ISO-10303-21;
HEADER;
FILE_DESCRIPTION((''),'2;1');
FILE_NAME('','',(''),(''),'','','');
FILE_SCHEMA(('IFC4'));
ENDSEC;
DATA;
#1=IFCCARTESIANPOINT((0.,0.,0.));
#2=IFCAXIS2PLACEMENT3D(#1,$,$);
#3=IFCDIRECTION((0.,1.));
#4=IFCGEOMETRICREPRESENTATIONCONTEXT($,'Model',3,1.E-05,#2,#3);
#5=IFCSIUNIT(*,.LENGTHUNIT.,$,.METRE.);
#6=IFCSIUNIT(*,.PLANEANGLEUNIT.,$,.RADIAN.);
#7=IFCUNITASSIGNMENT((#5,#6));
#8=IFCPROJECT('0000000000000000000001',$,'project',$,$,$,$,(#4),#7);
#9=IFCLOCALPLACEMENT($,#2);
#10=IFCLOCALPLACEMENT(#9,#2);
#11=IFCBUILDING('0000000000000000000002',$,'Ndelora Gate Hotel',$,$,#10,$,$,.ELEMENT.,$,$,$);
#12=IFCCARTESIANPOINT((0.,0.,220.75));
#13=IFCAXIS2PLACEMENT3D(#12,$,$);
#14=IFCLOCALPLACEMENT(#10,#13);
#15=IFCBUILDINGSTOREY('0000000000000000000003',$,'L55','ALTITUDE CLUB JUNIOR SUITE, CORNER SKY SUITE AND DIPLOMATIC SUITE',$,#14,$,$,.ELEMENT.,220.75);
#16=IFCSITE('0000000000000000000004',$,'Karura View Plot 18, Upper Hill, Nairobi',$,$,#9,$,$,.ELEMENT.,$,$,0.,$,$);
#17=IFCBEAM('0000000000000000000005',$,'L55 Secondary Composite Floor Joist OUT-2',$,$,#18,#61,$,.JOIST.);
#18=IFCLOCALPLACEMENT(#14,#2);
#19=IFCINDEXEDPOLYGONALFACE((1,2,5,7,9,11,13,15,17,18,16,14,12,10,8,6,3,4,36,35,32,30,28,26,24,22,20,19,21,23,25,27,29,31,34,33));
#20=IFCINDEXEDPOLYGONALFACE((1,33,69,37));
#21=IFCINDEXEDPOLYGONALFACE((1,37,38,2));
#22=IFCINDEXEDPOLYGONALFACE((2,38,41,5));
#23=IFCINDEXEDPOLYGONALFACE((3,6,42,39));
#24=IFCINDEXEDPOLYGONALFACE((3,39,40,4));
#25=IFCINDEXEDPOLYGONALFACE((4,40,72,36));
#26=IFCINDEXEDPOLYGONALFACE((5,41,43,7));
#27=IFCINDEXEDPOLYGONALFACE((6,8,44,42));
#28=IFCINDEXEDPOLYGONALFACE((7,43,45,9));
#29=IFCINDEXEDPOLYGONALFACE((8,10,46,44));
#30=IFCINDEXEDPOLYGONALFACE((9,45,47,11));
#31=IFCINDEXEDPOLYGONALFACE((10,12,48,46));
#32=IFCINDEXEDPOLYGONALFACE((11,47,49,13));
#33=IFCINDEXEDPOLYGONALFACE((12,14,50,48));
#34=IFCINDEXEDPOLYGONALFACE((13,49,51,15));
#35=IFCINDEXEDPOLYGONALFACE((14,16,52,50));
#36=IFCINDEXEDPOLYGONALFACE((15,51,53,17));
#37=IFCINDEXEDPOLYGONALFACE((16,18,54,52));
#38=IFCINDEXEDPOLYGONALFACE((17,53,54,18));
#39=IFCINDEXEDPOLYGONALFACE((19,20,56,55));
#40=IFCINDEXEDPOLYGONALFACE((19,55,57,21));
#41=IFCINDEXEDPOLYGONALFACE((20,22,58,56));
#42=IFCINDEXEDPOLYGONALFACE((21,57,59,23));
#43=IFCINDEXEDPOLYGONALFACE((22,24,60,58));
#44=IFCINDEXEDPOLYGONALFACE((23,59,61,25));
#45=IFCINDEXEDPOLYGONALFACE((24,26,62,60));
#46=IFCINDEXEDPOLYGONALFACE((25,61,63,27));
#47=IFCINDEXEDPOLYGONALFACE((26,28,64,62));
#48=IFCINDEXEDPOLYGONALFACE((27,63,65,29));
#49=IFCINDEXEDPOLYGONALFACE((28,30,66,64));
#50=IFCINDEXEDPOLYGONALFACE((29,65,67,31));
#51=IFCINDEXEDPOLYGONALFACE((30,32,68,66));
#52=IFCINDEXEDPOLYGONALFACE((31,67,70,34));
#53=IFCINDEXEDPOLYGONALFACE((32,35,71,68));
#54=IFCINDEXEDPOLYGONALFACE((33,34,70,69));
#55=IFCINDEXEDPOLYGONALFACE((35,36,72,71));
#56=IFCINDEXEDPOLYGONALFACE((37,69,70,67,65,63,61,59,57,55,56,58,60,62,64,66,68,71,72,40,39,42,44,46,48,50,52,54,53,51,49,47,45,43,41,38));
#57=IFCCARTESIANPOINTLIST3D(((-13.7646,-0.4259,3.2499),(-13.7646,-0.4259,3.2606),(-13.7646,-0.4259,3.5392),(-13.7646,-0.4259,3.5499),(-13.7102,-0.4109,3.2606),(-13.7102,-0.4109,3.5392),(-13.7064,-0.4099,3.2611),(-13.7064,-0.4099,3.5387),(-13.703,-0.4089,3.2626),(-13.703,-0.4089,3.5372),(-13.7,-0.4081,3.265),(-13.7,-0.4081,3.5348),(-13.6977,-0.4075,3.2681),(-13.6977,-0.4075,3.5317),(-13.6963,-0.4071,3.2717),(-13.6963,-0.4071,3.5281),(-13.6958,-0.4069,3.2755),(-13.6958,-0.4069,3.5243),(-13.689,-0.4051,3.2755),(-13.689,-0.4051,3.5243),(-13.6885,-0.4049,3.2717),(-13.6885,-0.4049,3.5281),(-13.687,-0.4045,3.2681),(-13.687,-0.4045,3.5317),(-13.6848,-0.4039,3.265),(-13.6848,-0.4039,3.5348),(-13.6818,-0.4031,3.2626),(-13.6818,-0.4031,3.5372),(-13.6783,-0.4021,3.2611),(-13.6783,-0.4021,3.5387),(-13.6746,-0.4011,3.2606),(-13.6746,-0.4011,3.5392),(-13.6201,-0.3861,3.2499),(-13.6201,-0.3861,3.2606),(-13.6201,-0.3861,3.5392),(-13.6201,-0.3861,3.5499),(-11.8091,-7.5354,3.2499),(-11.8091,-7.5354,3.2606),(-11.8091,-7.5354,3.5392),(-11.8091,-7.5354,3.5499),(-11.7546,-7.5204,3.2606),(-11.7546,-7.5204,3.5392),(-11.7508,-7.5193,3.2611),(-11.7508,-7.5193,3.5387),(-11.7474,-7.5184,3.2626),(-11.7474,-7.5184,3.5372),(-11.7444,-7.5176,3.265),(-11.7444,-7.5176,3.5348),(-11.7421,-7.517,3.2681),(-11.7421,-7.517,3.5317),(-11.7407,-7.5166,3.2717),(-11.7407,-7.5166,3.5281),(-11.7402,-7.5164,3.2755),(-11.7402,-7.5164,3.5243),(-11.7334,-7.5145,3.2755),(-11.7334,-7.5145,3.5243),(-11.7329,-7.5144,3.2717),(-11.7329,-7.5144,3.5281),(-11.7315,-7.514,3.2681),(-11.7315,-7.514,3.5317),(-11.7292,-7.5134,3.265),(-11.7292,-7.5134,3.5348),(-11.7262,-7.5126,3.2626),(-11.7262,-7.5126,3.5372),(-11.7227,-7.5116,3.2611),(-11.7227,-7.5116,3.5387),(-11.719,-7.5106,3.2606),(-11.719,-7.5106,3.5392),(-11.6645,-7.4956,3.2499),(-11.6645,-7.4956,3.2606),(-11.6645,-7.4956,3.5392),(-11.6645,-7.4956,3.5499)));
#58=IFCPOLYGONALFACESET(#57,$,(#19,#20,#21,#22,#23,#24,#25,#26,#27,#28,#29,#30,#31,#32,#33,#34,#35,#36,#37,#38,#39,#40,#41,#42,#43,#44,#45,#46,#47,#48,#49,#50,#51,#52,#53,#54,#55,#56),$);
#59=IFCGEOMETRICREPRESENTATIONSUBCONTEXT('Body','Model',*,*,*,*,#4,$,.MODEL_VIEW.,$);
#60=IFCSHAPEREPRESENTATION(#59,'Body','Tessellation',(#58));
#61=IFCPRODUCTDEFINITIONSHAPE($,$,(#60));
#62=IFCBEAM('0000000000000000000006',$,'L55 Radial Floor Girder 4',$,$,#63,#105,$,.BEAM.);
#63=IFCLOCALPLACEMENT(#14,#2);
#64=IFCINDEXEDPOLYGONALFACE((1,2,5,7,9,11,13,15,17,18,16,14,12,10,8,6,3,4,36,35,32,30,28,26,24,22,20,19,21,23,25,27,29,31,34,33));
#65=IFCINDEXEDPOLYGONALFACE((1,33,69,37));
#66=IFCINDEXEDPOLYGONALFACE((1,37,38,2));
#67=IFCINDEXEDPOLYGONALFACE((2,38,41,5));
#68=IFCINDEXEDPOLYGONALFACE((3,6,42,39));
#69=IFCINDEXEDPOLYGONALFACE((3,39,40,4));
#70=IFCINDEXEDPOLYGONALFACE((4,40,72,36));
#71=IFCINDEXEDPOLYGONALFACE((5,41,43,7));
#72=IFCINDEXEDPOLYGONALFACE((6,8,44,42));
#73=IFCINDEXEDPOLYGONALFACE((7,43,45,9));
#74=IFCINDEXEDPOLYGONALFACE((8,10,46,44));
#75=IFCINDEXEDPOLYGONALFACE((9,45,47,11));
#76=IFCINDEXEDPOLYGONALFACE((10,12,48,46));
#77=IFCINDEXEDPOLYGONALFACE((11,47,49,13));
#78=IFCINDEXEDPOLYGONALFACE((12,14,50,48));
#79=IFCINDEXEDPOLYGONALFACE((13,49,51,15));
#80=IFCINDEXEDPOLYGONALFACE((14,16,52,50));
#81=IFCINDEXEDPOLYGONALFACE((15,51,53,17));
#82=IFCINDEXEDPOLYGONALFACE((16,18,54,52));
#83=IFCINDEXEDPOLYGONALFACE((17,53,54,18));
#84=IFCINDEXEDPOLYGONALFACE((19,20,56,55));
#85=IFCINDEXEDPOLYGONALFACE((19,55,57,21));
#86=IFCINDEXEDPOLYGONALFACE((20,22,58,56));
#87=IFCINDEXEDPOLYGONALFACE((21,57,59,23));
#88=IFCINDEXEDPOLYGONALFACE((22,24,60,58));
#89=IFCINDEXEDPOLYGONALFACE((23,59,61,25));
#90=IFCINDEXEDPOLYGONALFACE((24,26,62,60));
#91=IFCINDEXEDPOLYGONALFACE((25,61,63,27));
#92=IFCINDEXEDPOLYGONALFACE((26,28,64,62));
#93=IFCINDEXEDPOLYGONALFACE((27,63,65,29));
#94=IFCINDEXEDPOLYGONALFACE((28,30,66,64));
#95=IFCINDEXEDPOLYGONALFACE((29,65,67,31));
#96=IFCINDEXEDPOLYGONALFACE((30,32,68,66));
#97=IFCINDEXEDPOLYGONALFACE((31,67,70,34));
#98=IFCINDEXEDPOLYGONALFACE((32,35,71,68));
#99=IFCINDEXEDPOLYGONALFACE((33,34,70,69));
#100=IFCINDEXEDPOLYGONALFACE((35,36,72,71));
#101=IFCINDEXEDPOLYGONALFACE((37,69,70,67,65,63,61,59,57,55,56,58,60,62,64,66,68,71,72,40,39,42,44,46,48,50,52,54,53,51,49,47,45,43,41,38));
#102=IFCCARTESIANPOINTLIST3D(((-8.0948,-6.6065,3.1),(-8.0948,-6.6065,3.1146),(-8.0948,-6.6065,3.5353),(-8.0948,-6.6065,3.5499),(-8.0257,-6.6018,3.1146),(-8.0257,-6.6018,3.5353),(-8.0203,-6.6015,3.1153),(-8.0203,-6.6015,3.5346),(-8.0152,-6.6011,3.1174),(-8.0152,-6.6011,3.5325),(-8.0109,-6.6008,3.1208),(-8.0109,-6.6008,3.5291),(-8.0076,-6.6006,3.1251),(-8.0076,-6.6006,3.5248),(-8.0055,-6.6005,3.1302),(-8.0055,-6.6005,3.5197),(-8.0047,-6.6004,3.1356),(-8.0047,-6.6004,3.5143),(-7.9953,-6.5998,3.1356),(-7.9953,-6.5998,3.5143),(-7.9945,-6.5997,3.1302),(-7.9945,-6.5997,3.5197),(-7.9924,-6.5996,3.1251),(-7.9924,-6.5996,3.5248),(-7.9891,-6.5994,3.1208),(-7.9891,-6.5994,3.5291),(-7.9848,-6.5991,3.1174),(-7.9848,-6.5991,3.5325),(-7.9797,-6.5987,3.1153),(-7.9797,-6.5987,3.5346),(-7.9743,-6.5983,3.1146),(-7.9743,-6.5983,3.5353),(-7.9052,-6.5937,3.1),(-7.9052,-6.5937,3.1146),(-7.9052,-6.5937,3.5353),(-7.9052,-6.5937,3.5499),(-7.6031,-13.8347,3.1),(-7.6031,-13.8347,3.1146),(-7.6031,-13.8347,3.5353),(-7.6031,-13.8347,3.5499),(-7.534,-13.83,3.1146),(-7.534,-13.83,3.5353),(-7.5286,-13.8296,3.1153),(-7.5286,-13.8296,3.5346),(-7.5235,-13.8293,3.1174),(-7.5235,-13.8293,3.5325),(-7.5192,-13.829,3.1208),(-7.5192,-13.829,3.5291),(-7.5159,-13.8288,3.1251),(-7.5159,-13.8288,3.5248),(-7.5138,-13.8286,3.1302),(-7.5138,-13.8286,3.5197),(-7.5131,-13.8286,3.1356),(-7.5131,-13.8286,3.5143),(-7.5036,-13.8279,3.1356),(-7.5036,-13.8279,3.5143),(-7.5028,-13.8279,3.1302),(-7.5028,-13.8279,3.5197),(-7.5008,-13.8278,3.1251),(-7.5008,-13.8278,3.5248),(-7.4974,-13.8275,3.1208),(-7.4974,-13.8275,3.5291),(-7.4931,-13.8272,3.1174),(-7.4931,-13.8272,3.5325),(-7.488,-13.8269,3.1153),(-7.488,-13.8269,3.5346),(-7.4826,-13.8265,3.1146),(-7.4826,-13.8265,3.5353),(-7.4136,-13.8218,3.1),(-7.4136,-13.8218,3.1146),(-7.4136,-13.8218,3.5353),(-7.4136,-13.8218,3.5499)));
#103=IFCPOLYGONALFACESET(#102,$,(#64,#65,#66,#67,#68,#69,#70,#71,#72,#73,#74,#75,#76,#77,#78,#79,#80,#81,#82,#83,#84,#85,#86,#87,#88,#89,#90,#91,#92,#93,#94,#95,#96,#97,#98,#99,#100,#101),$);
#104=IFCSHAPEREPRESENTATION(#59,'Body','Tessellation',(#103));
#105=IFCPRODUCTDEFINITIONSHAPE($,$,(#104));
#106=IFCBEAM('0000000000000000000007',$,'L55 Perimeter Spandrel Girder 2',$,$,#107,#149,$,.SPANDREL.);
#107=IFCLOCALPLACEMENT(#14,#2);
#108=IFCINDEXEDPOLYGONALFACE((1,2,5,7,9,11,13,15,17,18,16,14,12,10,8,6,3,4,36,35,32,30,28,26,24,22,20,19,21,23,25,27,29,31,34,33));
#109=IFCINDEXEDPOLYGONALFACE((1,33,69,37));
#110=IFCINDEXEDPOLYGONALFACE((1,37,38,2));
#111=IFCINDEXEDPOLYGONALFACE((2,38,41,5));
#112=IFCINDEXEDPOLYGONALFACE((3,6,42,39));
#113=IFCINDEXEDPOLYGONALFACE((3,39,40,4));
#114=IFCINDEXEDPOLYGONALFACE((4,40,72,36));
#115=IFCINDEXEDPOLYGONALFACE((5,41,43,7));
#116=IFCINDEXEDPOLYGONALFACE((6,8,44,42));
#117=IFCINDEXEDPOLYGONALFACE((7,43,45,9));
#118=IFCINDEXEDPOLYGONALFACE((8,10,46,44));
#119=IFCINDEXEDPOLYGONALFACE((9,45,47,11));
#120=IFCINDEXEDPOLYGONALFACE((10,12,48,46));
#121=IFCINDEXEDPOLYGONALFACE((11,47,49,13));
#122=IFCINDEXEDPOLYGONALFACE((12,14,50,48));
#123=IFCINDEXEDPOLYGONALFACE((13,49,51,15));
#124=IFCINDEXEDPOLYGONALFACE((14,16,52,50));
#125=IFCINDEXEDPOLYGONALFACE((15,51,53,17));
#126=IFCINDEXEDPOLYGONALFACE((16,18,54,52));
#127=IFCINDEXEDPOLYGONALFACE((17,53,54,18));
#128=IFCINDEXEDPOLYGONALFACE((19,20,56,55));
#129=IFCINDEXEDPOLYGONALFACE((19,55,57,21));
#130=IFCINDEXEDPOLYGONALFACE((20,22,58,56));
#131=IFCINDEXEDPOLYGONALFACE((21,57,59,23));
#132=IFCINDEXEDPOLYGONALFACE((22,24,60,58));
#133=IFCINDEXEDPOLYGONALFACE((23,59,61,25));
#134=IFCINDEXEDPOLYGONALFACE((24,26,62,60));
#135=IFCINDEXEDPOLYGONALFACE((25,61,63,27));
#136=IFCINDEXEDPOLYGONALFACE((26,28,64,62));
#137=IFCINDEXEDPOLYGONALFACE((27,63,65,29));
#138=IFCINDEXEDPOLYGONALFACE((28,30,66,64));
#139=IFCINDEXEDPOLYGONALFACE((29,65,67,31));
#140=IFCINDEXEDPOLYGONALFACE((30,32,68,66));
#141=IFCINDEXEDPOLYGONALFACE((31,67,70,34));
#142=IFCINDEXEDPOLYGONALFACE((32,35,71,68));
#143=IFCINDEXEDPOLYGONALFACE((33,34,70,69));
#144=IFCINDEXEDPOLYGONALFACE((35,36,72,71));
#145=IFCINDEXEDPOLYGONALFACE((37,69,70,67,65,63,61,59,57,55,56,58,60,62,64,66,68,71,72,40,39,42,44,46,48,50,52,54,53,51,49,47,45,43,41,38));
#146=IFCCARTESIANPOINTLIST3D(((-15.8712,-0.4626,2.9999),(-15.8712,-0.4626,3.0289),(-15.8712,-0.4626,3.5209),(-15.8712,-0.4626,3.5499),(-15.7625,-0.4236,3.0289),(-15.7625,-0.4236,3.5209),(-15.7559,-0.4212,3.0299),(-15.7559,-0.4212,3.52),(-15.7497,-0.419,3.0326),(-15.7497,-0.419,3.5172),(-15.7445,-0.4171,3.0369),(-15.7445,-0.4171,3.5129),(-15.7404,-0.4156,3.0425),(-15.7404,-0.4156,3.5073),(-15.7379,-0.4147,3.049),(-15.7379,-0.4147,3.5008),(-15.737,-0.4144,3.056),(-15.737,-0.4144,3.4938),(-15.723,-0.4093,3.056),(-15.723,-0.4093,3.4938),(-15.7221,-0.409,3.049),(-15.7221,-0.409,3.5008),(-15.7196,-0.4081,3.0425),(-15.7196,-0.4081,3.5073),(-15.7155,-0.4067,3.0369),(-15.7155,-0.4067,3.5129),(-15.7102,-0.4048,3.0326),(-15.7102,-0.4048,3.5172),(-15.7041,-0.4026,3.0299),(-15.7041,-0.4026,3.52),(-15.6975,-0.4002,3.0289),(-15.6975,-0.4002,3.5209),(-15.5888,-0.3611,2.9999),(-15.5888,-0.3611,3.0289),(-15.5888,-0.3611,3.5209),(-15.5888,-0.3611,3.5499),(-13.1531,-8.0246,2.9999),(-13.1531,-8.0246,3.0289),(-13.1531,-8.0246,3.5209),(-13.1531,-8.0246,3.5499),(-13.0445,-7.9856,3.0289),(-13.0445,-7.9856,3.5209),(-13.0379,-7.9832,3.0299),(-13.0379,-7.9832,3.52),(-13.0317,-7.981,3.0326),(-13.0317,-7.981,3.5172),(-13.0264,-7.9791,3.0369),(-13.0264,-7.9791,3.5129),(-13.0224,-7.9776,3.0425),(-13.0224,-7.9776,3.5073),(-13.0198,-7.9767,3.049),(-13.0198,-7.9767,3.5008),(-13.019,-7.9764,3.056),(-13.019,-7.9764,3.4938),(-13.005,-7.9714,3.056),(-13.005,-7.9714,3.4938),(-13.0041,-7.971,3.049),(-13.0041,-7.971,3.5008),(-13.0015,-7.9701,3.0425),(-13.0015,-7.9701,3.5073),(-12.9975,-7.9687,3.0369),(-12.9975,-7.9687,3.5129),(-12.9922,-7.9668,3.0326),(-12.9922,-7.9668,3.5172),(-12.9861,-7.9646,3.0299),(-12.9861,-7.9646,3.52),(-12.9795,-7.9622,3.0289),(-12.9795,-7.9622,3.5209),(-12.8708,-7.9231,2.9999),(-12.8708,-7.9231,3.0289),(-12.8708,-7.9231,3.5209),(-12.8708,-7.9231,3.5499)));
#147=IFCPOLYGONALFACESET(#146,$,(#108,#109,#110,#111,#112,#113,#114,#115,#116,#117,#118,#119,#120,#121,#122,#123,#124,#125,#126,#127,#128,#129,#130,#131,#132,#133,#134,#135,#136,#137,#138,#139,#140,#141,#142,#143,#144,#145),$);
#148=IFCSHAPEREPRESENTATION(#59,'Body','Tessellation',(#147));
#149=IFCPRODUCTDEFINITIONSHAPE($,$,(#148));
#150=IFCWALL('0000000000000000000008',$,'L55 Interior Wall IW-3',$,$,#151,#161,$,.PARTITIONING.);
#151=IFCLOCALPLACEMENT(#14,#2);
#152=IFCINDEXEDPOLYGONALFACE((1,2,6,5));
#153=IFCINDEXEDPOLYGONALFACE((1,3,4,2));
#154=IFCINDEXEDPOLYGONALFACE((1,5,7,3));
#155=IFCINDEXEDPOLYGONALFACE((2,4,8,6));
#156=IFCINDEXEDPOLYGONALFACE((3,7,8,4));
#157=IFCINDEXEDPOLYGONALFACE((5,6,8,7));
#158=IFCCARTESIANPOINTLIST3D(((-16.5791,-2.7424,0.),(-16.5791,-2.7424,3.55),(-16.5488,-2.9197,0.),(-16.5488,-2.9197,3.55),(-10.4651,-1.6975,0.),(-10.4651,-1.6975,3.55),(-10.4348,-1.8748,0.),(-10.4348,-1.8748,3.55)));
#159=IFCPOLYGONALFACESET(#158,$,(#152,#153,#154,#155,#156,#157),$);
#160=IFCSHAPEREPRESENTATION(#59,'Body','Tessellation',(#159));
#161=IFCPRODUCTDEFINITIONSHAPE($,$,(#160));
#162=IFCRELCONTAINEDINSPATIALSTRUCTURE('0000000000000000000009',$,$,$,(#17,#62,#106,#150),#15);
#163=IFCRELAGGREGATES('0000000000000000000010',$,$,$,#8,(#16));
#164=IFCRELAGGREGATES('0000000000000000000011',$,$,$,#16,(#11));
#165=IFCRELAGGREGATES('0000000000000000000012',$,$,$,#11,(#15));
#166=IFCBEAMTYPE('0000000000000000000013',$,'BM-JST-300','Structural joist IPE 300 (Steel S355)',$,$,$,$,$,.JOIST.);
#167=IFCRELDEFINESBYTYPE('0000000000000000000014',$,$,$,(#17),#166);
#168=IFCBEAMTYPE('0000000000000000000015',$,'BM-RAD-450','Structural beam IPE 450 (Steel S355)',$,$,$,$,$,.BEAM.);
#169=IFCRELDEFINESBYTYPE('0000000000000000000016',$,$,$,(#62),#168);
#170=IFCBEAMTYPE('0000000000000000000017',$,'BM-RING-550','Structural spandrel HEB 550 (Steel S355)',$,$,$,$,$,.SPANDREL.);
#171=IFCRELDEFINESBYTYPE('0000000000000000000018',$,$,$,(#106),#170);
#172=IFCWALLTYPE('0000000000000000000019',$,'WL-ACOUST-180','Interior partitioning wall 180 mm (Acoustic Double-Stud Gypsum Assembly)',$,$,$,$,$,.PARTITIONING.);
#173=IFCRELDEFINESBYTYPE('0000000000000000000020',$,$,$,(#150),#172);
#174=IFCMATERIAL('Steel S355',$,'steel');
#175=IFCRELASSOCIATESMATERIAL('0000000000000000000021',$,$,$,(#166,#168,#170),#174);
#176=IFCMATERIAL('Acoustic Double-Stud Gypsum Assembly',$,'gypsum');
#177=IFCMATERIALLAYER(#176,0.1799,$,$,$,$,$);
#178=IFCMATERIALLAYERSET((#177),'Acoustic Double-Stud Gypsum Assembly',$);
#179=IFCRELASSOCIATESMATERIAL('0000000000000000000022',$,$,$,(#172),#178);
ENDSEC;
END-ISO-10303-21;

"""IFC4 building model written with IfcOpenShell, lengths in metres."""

from ifc_helpers import new_model, si_unit, direction, frame, frame_2d, origin, origin_2d, place, context, subcontext, project, spatial, rectangle, i_section, extrude, material, layer, layer_set, material_profile, profile_set, type_object, element, save


model = new_model("IFC4")

# Units and contexts
model_context = context("Model", 3, precision=1e-05, world=origin(), true_north=direction((0.0, 1.0)))
body_context = subcontext(model_context, "Body", "Model", "MODEL_VIEW")
ifc_project = project(units=[si_unit("LENGTHUNIT", "METRE"), si_unit("PLANEANGLEUNIT", "RADIAN")], contexts=[model_context])

# Site, building, storey
site_placement = place(None, origin())
site = spatial("IfcSite", under=ifc_project, at=site_placement, Name="Karura View Plot 18, Upper Hill, Nairobi", CompositionType="ELEMENT", RefElevation=0.0)
building_placement = place(site_placement, origin())
building = spatial("IfcBuilding", under=site, at=building_placement, Name="Ndelora Gate Hotel", CompositionType="ELEMENT")
storey_placement = place(building_placement, frame((0.0, 0.0, 220.75)))
storey = spatial("IfcBuildingStorey", under=building, at=storey_placement, Name="L55", Description="ALTITUDE CLUB JUNIOR SUITE, CORNER SKY SUITE AND DIPLOMATIC SUITE", CompositionType="ELEMENT", Elevation=220.75)

# Beams
ifc_material_1 = material(Name="Steel S355", Category="steel")
ifc_material_profile_1 = material_profile(ifc_material_1, i_section(OverallWidth=0.1499, OverallDepth=0.3, WebThickness=0.0071, FlangeThickness=0.0107, FilletRadius=0.0149, at=origin_2d()), Name="IPE 300")
ifc_profile_set_1 = profile_set([ifc_material_profile_1], Name="Steel S355")
beam_type_1 = type_object("IfcBeamType", Name="BM-JST-300", Description="Structural joist IPE 300 (Steel S355)", PredefinedType="JOIST", material=ifc_profile_set_1)
beam_1_placement = place(storey_placement, frame((-13.6924, -0.406, 3.3999), z_axis=(0.265218, -0.964188, 0.0), x_axis=(0.964188, 0.265218, 0.0)))
element("IfcBeam", 1, at=beam_1_placement, inside=storey, type_object=beam_type_1, Name="L55 Secondary Composite Floor Joist OUT-2", PredefinedType="JOIST", context=body_context, shape_type="SweptSolid", body=[
    extrude(i_section(OverallWidth=0.1499, OverallDepth=0.3, WebThickness=0.0071, FlangeThickness=0.0107, FilletRadius=0.0149, at=origin_2d()), origin(), (0.0, 0.0, 1.0), 7.3735),
])
ifc_material_profile_2 = material_profile(ifc_material_1, i_section(OverallWidth=0.1899, OverallDepth=0.45, WebThickness=0.0095, FlangeThickness=0.0146, FilletRadius=0.021, at=origin_2d()), Name="IPE 450")
ifc_profile_set_2 = profile_set([ifc_material_profile_2], Name="Steel S355")
beam_type_2 = type_object("IfcBeamType", Name="BM-RAD-450", Description="Structural beam IPE 450 (Steel S355)", PredefinedType="BEAM", material=ifc_profile_set_2)
beam_2_placement = place(storey_placement, frame((-8.0, -6.6001, 3.325), z_axis=(0.067868, -0.997694, 0.0), x_axis=(0.997694, 0.067868, 0.0)))
element("IfcBeam", 2, at=beam_2_placement, inside=storey, type_object=beam_type_2, Name="L55 Radial Floor Girder 4", PredefinedType="BEAM", context=body_context, shape_type="SweptSolid", body=[
    extrude(i_section(OverallWidth=0.1899, OverallDepth=0.45, WebThickness=0.0095, FlangeThickness=0.0146, FilletRadius=0.021, at=origin_2d()), origin(), (0.0, 0.0, 1.0), 7.2449),
])
ifc_material_profile_3 = material_profile(ifc_material_1, i_section(OverallWidth=0.3, OverallDepth=0.55, WebThickness=0.0149, FlangeThickness=0.0291, FilletRadius=0.0271, at=origin_2d()), Name="HEB 550")
ifc_profile_set_3 = profile_set([ifc_material_profile_3], Name="Steel S355")
beam_type_3 = type_object("IfcBeamType", Name="BM-RING-550", Description="Structural spandrel HEB 550 (Steel S355)", PredefinedType="SPANDREL", material=ifc_profile_set_3)
beam_3_placement = place(storey_placement, frame((-15.73, -0.4119, 3.2749), z_axis=(0.338245, -0.941058, 0.0), x_axis=(0.941058, 0.338245, 0.0)))
element("IfcBeam", 3, at=beam_3_placement, inside=storey, type_object=beam_type_3, Name="L55 Perimeter Spandrel Girder 2", PredefinedType="SPANDREL", context=body_context, shape_type="SweptSolid", body=[
    extrude(i_section(OverallWidth=0.3, OverallDepth=0.55, WebThickness=0.0149, FlangeThickness=0.0291, FilletRadius=0.0271, at=origin_2d()), origin(), (0.0, 0.0, 1.0), 8.0356),
])

# Wall
ifc_material_2 = material(Name="Acoustic Double-Stud Gypsum Assembly", Category="gypsum")
ifc_layer_1 = layer(ifc_material_2, 0.1799)
ifc_layer_set_1 = layer_set([ifc_layer_1], Name="Acoustic Double-Stud Gypsum Assembly")
wall_type_1 = type_object("IfcWallType", Name="WL-ACOUST-180", Description="Interior partitioning wall 180 mm (Acoustic Double-Stud Gypsum Assembly)", PredefinedType="PARTITIONING", material=ifc_layer_set_1)
wall_1_placement = place(storey_placement, frame((-10.45, -1.7861, 0.0), z_axis=(0.0, 0.0, 1.0), x_axis=(-0.985708, -0.168463, 0.0)))
element("IfcWall", 4, at=wall_1_placement, inside=storey, type_object=wall_type_1, Name="L55 Interior Wall IW-3", PredefinedType="PARTITIONING", context=body_context, shape_type="SweptSolid", body=[
    extrude(rectangle(XDim=6.2026, YDim=0.1799, at=frame_2d((3.1013, 0.0))), origin(), (0.0, 0.0, 1.0), 3.55),
])

save(model, "model.ifc")
